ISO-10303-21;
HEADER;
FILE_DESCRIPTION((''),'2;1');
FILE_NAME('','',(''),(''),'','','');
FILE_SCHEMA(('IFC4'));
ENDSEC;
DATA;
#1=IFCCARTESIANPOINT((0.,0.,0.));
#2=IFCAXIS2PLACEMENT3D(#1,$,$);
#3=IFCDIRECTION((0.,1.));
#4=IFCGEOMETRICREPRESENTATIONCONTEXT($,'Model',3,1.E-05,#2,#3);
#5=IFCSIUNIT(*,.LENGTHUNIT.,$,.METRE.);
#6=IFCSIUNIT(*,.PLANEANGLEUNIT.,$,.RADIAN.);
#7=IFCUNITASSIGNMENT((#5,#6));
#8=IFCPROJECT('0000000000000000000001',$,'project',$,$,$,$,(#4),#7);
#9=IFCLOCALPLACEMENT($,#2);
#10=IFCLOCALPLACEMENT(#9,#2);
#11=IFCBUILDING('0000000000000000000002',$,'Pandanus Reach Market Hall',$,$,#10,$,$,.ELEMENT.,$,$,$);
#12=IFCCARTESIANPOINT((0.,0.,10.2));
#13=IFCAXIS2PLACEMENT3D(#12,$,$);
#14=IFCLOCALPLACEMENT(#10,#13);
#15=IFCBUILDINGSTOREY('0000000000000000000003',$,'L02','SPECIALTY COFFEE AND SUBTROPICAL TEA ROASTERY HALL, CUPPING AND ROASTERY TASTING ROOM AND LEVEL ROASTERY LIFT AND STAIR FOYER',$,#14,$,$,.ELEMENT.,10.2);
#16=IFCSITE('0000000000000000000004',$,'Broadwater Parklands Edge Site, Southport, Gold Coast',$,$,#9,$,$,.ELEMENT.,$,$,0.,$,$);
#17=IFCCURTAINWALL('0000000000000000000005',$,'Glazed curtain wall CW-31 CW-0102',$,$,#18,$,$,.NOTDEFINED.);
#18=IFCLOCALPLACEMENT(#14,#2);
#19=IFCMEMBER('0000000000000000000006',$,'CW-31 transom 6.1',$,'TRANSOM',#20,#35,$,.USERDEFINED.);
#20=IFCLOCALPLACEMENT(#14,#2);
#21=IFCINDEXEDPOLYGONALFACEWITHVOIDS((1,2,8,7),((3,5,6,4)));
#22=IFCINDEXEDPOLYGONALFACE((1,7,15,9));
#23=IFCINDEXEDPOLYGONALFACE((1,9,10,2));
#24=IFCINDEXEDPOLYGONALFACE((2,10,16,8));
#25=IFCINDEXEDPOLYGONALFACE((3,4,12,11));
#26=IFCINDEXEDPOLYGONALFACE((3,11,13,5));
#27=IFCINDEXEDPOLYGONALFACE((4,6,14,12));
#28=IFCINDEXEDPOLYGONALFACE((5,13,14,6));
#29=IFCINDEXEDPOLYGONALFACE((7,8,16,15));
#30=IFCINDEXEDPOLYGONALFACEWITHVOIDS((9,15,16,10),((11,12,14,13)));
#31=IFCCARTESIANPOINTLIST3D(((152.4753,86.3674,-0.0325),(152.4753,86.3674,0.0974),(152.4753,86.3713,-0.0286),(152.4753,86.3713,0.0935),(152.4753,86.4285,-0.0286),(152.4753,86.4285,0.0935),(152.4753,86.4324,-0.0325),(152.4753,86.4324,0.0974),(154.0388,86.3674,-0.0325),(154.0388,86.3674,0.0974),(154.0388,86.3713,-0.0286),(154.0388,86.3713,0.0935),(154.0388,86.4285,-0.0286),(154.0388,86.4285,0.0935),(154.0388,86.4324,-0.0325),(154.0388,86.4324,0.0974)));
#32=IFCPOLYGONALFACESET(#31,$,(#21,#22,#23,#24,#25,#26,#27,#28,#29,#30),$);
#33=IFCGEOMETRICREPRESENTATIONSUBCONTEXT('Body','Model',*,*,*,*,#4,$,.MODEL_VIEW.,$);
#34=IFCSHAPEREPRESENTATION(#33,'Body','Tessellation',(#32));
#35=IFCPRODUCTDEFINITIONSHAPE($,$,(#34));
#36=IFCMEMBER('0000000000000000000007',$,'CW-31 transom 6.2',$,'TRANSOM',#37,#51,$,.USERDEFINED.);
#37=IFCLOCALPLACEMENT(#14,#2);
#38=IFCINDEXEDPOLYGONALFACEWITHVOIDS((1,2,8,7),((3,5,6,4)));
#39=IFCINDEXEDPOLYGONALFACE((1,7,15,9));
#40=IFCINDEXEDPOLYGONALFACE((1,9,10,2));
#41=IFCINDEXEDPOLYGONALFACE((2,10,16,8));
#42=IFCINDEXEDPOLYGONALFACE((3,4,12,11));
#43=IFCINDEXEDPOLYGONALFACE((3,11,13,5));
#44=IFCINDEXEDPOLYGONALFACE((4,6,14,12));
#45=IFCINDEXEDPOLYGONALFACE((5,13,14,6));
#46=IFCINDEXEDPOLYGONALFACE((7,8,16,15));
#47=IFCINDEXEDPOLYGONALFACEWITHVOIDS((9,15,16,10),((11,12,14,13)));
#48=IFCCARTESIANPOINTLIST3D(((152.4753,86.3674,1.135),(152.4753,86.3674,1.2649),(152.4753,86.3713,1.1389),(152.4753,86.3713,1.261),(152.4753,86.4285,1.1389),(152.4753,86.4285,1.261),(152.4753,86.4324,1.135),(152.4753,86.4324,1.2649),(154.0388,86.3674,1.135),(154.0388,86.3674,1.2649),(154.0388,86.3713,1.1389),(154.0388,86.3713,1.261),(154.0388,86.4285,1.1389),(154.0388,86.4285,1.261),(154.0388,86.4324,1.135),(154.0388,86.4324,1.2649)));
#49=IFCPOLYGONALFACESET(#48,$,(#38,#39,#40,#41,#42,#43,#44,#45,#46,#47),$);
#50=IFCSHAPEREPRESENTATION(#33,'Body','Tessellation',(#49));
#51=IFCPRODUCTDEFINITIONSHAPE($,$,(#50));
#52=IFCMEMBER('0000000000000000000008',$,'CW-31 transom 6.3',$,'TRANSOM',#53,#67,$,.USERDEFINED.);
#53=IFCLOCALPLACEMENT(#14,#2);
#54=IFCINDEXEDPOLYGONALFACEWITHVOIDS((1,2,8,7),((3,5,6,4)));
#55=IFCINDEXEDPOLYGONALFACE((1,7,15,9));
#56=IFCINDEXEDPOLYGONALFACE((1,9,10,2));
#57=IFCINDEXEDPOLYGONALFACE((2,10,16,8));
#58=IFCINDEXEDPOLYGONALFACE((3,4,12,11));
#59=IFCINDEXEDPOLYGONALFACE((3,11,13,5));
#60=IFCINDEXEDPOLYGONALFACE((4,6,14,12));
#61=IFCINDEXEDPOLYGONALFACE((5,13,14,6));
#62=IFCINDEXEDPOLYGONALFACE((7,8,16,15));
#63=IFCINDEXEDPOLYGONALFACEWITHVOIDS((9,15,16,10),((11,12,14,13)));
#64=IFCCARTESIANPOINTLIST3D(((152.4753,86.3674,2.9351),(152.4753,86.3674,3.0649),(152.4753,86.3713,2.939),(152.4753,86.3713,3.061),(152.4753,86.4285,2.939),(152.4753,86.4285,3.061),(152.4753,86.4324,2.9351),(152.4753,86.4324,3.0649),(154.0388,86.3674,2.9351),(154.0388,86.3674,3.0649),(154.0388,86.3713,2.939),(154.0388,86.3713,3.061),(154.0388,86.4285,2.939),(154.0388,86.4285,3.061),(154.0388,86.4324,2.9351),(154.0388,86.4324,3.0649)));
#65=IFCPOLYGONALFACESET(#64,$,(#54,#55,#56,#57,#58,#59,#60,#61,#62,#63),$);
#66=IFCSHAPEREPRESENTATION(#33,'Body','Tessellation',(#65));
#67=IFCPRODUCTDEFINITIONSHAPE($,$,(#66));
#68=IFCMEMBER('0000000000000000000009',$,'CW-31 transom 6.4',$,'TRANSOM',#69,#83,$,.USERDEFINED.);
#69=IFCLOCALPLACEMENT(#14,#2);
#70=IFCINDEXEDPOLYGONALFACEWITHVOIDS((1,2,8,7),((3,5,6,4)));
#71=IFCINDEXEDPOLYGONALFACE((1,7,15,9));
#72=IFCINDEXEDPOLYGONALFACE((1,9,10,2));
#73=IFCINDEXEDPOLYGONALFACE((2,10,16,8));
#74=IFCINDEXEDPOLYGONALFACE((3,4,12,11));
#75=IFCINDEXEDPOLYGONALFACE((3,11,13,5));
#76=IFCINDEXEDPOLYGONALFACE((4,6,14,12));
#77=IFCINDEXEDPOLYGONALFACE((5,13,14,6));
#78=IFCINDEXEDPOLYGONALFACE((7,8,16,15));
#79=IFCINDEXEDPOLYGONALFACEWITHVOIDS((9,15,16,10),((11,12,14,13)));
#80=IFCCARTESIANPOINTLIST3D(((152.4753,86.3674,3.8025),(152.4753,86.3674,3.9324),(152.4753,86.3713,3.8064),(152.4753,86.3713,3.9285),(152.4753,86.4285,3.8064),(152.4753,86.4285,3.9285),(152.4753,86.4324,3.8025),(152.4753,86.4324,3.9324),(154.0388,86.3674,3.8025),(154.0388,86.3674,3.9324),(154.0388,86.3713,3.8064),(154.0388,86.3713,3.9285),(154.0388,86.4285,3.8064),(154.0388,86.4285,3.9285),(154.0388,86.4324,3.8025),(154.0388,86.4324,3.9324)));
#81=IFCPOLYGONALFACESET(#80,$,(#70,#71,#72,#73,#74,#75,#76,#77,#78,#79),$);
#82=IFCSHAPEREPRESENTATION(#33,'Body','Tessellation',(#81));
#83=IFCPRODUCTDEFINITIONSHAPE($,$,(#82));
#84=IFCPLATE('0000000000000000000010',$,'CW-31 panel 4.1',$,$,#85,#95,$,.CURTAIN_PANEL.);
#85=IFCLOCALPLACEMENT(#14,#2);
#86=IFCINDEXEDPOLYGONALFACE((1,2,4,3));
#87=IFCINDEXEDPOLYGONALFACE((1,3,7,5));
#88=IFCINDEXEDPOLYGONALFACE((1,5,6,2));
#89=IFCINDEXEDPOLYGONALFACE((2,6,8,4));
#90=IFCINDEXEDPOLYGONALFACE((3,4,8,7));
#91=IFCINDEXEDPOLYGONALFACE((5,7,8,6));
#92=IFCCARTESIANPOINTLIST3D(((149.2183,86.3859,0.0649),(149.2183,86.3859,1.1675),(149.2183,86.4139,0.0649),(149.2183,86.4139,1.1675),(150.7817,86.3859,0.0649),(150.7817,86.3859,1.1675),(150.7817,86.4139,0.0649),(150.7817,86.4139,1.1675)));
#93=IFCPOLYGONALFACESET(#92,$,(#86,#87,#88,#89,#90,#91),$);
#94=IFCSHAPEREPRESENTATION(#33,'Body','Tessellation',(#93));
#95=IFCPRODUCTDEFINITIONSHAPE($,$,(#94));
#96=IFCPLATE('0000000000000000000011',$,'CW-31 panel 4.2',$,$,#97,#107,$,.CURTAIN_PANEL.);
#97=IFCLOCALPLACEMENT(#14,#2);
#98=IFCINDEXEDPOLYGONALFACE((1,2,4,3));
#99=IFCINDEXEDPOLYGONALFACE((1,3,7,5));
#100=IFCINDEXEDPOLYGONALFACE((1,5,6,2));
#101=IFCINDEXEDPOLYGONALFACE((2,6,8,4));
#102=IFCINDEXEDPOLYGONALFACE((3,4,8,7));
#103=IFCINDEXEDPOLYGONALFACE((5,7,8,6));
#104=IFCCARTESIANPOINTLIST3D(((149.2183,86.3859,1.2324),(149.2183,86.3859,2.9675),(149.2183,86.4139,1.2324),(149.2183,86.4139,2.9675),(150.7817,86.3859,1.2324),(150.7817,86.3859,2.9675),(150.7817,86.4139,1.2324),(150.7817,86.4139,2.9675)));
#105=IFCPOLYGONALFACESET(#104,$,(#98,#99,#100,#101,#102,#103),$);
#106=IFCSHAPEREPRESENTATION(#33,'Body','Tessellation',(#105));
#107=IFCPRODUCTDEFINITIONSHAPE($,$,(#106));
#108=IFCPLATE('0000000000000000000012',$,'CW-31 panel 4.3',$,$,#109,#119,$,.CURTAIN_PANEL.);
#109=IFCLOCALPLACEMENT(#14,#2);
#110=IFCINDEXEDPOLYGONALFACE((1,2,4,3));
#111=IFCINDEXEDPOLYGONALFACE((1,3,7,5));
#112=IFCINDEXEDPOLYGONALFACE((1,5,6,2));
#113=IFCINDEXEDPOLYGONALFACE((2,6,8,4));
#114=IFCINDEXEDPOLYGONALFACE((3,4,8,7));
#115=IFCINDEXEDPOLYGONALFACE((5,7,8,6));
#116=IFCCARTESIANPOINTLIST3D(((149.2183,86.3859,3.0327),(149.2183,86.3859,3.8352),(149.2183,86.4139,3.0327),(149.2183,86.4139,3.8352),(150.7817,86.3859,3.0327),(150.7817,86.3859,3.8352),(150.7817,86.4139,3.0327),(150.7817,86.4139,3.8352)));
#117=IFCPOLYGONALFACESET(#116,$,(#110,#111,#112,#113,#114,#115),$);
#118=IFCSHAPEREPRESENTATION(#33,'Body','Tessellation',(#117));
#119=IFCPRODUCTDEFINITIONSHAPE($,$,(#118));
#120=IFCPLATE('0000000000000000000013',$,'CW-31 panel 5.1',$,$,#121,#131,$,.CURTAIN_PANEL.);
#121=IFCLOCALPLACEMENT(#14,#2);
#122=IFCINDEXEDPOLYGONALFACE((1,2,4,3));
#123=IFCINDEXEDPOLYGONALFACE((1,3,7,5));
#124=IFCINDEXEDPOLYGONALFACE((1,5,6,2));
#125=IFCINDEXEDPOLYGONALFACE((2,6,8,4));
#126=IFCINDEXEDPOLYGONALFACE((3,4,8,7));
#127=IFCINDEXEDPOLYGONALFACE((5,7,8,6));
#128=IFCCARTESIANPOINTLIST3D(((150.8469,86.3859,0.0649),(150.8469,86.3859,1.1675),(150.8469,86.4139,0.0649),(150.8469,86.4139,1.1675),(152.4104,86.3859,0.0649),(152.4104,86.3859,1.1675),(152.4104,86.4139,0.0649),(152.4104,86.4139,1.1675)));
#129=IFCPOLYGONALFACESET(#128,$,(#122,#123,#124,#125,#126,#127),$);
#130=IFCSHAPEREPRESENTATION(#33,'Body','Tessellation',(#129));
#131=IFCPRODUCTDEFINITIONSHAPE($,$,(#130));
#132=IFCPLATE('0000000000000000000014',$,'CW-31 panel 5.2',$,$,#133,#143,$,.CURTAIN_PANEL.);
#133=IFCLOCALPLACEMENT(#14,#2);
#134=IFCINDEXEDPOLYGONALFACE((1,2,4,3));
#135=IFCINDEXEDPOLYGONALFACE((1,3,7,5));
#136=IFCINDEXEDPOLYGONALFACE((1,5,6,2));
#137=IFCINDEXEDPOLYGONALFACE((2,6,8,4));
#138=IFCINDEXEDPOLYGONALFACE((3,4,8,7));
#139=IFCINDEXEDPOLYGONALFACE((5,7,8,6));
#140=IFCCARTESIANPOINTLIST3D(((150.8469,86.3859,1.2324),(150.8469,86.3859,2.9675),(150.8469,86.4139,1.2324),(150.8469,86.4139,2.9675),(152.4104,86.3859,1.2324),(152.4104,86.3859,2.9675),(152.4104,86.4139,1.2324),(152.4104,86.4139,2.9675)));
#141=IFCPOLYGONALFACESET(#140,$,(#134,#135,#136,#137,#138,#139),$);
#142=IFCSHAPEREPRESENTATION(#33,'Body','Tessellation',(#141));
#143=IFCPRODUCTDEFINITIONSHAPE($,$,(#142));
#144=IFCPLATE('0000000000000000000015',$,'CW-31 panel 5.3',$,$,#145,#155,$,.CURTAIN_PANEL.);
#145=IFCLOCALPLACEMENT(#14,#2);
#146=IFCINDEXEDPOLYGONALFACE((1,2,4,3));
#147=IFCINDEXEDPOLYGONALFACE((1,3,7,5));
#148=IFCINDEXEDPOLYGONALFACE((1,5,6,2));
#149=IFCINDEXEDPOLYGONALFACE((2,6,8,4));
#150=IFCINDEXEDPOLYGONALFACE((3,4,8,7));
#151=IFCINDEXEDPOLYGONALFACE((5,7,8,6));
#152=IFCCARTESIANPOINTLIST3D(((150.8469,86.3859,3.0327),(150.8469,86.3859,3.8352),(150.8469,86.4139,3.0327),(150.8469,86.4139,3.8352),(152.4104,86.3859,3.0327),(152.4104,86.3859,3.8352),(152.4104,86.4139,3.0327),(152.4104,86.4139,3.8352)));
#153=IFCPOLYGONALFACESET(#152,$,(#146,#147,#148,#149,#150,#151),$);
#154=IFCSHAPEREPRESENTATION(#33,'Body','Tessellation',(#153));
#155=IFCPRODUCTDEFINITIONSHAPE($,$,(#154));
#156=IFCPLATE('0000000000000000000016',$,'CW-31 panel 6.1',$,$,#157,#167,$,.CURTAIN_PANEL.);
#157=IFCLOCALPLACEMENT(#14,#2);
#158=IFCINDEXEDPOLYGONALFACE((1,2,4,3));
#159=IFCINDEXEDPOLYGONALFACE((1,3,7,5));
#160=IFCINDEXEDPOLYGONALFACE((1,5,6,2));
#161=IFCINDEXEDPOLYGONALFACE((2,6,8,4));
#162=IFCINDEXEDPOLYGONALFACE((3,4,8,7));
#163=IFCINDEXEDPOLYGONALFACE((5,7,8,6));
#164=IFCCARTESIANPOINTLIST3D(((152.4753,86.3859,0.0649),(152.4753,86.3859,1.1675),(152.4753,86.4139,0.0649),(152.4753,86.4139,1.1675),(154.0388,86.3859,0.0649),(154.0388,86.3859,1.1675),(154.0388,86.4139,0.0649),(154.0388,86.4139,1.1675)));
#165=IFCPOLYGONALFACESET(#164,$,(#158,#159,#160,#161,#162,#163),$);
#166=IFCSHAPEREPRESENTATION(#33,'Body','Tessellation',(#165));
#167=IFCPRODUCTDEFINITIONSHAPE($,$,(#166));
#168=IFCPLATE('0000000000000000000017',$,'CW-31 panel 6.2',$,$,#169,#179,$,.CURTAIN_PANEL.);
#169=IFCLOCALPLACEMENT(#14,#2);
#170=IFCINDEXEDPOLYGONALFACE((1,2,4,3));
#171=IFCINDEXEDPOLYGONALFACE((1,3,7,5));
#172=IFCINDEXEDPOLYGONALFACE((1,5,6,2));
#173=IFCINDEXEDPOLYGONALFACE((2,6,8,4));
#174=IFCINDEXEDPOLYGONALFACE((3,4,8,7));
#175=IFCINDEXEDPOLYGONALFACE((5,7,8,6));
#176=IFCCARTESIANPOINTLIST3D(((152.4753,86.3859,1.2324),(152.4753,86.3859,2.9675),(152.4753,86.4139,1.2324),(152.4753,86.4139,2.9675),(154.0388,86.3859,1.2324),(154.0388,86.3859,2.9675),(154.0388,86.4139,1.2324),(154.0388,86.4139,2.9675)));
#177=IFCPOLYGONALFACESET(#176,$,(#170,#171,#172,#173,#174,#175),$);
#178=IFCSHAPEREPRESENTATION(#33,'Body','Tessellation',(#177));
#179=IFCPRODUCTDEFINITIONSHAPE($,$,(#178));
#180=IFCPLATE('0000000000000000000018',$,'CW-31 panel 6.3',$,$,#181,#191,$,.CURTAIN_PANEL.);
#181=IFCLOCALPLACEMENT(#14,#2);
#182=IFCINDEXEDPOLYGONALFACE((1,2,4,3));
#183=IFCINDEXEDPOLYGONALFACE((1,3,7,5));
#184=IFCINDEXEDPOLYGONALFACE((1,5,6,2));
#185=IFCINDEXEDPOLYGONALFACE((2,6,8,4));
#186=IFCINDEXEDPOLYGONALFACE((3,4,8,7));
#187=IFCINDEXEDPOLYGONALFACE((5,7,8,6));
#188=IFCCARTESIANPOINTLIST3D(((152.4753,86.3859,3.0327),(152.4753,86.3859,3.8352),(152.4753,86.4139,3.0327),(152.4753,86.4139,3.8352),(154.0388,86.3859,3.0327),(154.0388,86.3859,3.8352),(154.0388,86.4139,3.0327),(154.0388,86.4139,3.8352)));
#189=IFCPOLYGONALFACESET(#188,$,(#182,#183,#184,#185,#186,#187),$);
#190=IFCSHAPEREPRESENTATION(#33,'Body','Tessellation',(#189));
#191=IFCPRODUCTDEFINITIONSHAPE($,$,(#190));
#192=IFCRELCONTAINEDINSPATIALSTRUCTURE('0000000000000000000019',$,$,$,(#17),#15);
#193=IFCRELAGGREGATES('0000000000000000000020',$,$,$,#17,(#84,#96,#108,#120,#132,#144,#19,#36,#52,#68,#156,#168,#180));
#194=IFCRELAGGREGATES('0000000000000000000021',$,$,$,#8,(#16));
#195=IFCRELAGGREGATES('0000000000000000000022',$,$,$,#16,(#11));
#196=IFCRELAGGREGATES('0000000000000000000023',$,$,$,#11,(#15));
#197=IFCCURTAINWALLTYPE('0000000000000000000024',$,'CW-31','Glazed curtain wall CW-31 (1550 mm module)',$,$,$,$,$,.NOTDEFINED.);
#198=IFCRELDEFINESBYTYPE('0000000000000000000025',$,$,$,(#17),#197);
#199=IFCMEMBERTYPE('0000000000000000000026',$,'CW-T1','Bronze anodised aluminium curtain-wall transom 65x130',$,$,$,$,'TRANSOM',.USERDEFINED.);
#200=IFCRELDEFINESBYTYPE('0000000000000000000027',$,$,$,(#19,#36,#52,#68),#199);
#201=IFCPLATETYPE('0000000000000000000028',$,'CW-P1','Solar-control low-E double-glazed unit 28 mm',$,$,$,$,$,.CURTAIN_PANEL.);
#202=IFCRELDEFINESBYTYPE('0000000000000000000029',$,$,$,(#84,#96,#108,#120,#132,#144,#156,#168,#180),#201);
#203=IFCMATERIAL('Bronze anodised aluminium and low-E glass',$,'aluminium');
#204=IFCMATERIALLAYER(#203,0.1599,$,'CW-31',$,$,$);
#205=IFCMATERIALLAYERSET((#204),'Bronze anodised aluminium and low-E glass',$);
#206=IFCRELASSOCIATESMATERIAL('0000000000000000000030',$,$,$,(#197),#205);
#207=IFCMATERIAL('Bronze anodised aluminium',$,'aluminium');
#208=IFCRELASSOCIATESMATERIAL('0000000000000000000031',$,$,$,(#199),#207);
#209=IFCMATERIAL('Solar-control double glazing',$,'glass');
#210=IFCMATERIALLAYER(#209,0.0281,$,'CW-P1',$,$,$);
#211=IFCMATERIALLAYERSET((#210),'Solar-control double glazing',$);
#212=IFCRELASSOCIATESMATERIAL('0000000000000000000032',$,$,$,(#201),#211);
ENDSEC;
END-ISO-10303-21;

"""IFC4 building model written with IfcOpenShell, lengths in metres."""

from ifc_helpers import new_model, si_unit, direction, frame, origin, origin_2d, place, context, subcontext, project, spatial, rectangle, hollow_rectangle, extrude, material, layer, layer_set, material_profile, profile_set, type_object, element, aggregate, save


model = new_model("IFC4")

# Units and contexts
model_context = context("Model", 3, precision=1e-05, world=origin(), true_north=direction((0.0, 1.0)))
body_context = subcontext(model_context, "Body", "Model", "MODEL_VIEW")
ifc_project = project(units=[si_unit("LENGTHUNIT", "METRE"), si_unit("PLANEANGLEUNIT", "RADIAN")], contexts=[model_context])

# Site, building, storey
site_placement = place(None, origin())
site = spatial("IfcSite", under=ifc_project, at=site_placement, Name="Broadwater Parklands Edge Site, Southport, Gold Coast", CompositionType="ELEMENT", RefElevation=0.0)
building_placement = place(site_placement, origin())
building = spatial("IfcBuilding", under=site, at=building_placement, Name="Pandanus Reach Market Hall", CompositionType="ELEMENT")
storey_placement = place(building_placement, frame((0.0, 0.0, 10.2)))
storey = spatial("IfcBuildingStorey", under=building, at=storey_placement, Name="L02", Description="SPECIALTY COFFEE AND SUBTROPICAL TEA ROASTERY HALL, CUPPING AND ROASTERY TASTING ROOM AND LEVEL ROASTERY LIFT AND STAIR FOYER", CompositionType="ELEMENT", Elevation=10.2)

# Curtain wall, members, plates
ifc_material_1 = material(Name="Bronze anodised aluminium and low-E glass", Category="aluminium")
ifc_layer_1 = layer(ifc_material_1, 0.1599, Name="CW-31")
ifc_layer_set_1 = layer_set([ifc_layer_1], Name="Bronze anodised aluminium and low-E glass")
curtain_wall_type = type_object("IfcCurtainWallType", Name="CW-31", Description="Glazed curtain wall CW-31 (1550 mm module)", PredefinedType="NOTDEFINED", material=ifc_layer_set_1)
curtain_wall_placement = place(storey_placement, origin())
curtain_wall = element("IfcCurtainWall", 1, at=curtain_wall_placement, inside=storey, type_object=curtain_wall_type, Name="Glazed curtain wall CW-31 CW-0102", PredefinedType="NOTDEFINED")
ifc_material_2 = material(Name="Bronze anodised aluminium", Category="aluminium")
ifc_material_profile_1 = material_profile(ifc_material_2, hollow_rectangle(XDim=0.0649, YDim=0.1299, WallThickness=0.0039, at=origin_2d()), Name="ALU65x130", Category="LoadBearing")
ifc_profile_set_1 = profile_set([ifc_material_profile_1], Name="Bronze anodised aluminium")
member_type_1 = type_object("IfcMemberType", Name="CW-T1", Description="Bronze anodised aluminium curtain-wall transom 65x130", ElementType="TRANSOM", PredefinedType="USERDEFINED", material=ifc_profile_set_1)
member_1_placement = place(storey_placement, frame((152.4753, 86.3999, 0.0325), z_axis=(1.0, 0.0, 0.0), x_axis=(0.0, 1.0, 0.0)))
member_1 = element("IfcMember", 2, at=member_1_placement, type_object=member_type_1, Name="CW-31 transom 6.1", ObjectType="TRANSOM", PredefinedType="USERDEFINED", context=body_context, shape_type="SweptSolid", body=[
    extrude(hollow_rectangle(XDim=0.0649, YDim=0.1299, WallThickness=0.0039, at=origin_2d()), origin(), (0.0, 0.0, 1.0), 1.5635),
])
member_2_placement = place(storey_placement, frame((152.4753, 86.3999, 1.2), z_axis=(1.0, 0.0, 0.0), x_axis=(0.0, 1.0, 0.0)))
member_2 = element("IfcMember", 3, at=member_2_placement, type_object=member_type_1, Name="CW-31 transom 6.2", ObjectType="TRANSOM", PredefinedType="USERDEFINED", context=body_context, shape_type="SweptSolid", body=[
    extrude(hollow_rectangle(XDim=0.0649, YDim=0.1299, WallThickness=0.0039, at=origin_2d()), origin(), (0.0, 0.0, 1.0), 1.5635),
])
member_3_placement = place(storey_placement, frame((152.4753, 86.3999, 3.0), z_axis=(1.0, 0.0, 0.0), x_axis=(0.0, 1.0, 0.0)))
member_3 = element("IfcMember", 4, at=member_3_placement, type_object=member_type_1, Name="CW-31 transom 6.3", ObjectType="TRANSOM", PredefinedType="USERDEFINED", context=body_context, shape_type="SweptSolid", body=[
    extrude(hollow_rectangle(XDim=0.0649, YDim=0.1299, WallThickness=0.0039, at=origin_2d()), origin(), (0.0, 0.0, 1.0), 1.5635),
])
member_4_placement = place(storey_placement, frame((152.4753, 86.3999, 3.8674), z_axis=(1.0, 0.0, 0.0), x_axis=(0.0, 1.0, 0.0)))
member_4 = element("IfcMember", 5, at=member_4_placement, type_object=member_type_1, Name="CW-31 transom 6.4", ObjectType="TRANSOM", PredefinedType="USERDEFINED", context=body_context, shape_type="SweptSolid", body=[
    extrude(hollow_rectangle(XDim=0.0649, YDim=0.1299, WallThickness=0.0039, at=origin_2d()), origin(), (0.0, 0.0, 1.0), 1.5635),
])
ifc_material_3 = material(Name="Solar-control double glazing", Category="glass")
ifc_layer_2 = layer(ifc_material_3, 0.0281, Name="CW-P1")
ifc_layer_set_2 = layer_set([ifc_layer_2], Name="Solar-control double glazing")
plate_type = type_object("IfcPlateType", Name="CW-P1", Description="Solar-control low-E double-glazed unit 28 mm", PredefinedType="CURTAIN_PANEL", material=ifc_layer_set_2)
plate_1_placement = place(storey_placement, frame((150.0, 86.3999, 0.0649), z_axis=(0.0, 0.0, 1.0), x_axis=(1.0, 0.0, 0.0)))
plate_1 = element("IfcPlate", 6, at=plate_1_placement, type_object=plate_type, Name="CW-31 panel 4.1", PredefinedType="CURTAIN_PANEL", context=body_context, shape_type="SweptSolid", body=[
    extrude(rectangle(XDim=1.5635, YDim=0.0281, at=origin_2d()), origin(), (0.0, 0.0, 1.0), 1.1025),
])
plate_2_placement = place(storey_placement, frame((150.0, 86.3999, 1.2324), z_axis=(0.0, 0.0, 1.0), x_axis=(1.0, 0.0, 0.0)))
plate_2 = element("IfcPlate", 7, at=plate_2_placement, type_object=plate_type, Name="CW-31 panel 4.2", PredefinedType="CURTAIN_PANEL", context=body_context, shape_type="SweptSolid", body=[
    extrude(rectangle(XDim=1.5635, YDim=0.0281, at=origin_2d()), origin(), (0.0, 0.0, 1.0), 1.7351),
])
plate_3_placement = place(storey_placement, frame((150.0, 86.3999, 3.0327), z_axis=(0.0, 0.0, 1.0), x_axis=(1.0, 0.0, 0.0)))
plate_3 = element("IfcPlate", 8, at=plate_3_placement, type_object=plate_type, Name="CW-31 panel 4.3", PredefinedType="CURTAIN_PANEL", context=body_context, shape_type="SweptSolid", body=[
    extrude(rectangle(XDim=1.5635, YDim=0.0281, at=origin_2d()), origin(), (0.0, 0.0, 1.0), 0.8025),
])
plate_4_placement = place(storey_placement, frame((151.6287, 86.3999, 0.0649), z_axis=(0.0, 0.0, 1.0), x_axis=(1.0, 0.0, 0.0)))
plate_4 = element("IfcPlate", 9, at=plate_4_placement, type_object=plate_type, Name="CW-31 panel 5.1", PredefinedType="CURTAIN_PANEL", context=body_context, shape_type="SweptSolid", body=[
    extrude(rectangle(XDim=1.5635, YDim=0.0281, at=origin_2d()), origin(), (0.0, 0.0, 1.0), 1.1025),
])
plate_5_placement = place(storey_placement, frame((151.6287, 86.3999, 1.2324), z_axis=(0.0, 0.0, 1.0), x_axis=(1.0, 0.0, 0.0)))
plate_5 = element("IfcPlate", 10, at=plate_5_placement, type_object=plate_type, Name="CW-31 panel 5.2", PredefinedType="CURTAIN_PANEL", context=body_context, shape_type="SweptSolid", body=[
    extrude(rectangle(XDim=1.5635, YDim=0.0281, at=origin_2d()), origin(), (0.0, 0.0, 1.0), 1.7351),
])
plate_6_placement = place(storey_placement, frame((151.6287, 86.3999, 3.0327), z_axis=(0.0, 0.0, 1.0), x_axis=(1.0, 0.0, 0.0)))
plate_6 = element("IfcPlate", 11, at=plate_6_placement, type_object=plate_type, Name="CW-31 panel 5.3", PredefinedType="CURTAIN_PANEL", context=body_context, shape_type="SweptSolid", body=[
    extrude(rectangle(XDim=1.5635, YDim=0.0281, at=origin_2d()), origin(), (0.0, 0.0, 1.0), 0.8025),
])
plate_7_placement = place(storey_placement, frame((153.2571, 86.3999, 0.0649), z_axis=(0.0, 0.0, 1.0), x_axis=(1.0, 0.0, 0.0)))
plate_7 = element("IfcPlate", 12, at=plate_7_placement, type_object=plate_type, Name="CW-31 panel 6.1", PredefinedType="CURTAIN_PANEL", context=body_context, shape_type="SweptSolid", body=[
    extrude(rectangle(XDim=1.5635, YDim=0.0281, at=origin_2d()), origin(), (0.0, 0.0, 1.0), 1.1025),
])
plate_8_placement = place(storey_placement, frame((153.2571, 86.3999, 1.2324), z_axis=(0.0, 0.0, 1.0), x_axis=(1.0, 0.0, 0.0)))
plate_8 = element("IfcPlate", 13, at=plate_8_placement, type_object=plate_type, Name="CW-31 panel 6.2", PredefinedType="CURTAIN_PANEL", context=body_context, shape_type="SweptSolid", body=[
    extrude(rectangle(XDim=1.5635, YDim=0.0281, at=origin_2d()), origin(), (0.0, 0.0, 1.0), 1.7351),
])
plate_9_placement = place(storey_placement, frame((153.2571, 86.3999, 3.0327), z_axis=(0.0, 0.0, 1.0), x_axis=(1.0, 0.0, 0.0)))
plate_9 = element("IfcPlate", 14, at=plate_9_placement, type_object=plate_type, Name="CW-31 panel 6.3", PredefinedType="CURTAIN_PANEL", context=body_context, shape_type="SweptSolid", body=[
    extrude(rectangle(XDim=1.5635, YDim=0.0281, at=origin_2d()), origin(), (0.0, 0.0, 1.0), 0.8025),
])
aggregate(curtain_wall, [plate_1, plate_2, plate_3, plate_4, plate_5, plate_6, member_1, member_2, member_3, member_4, plate_7, plate_8, plate_9])

save(model, "model.ifc")
